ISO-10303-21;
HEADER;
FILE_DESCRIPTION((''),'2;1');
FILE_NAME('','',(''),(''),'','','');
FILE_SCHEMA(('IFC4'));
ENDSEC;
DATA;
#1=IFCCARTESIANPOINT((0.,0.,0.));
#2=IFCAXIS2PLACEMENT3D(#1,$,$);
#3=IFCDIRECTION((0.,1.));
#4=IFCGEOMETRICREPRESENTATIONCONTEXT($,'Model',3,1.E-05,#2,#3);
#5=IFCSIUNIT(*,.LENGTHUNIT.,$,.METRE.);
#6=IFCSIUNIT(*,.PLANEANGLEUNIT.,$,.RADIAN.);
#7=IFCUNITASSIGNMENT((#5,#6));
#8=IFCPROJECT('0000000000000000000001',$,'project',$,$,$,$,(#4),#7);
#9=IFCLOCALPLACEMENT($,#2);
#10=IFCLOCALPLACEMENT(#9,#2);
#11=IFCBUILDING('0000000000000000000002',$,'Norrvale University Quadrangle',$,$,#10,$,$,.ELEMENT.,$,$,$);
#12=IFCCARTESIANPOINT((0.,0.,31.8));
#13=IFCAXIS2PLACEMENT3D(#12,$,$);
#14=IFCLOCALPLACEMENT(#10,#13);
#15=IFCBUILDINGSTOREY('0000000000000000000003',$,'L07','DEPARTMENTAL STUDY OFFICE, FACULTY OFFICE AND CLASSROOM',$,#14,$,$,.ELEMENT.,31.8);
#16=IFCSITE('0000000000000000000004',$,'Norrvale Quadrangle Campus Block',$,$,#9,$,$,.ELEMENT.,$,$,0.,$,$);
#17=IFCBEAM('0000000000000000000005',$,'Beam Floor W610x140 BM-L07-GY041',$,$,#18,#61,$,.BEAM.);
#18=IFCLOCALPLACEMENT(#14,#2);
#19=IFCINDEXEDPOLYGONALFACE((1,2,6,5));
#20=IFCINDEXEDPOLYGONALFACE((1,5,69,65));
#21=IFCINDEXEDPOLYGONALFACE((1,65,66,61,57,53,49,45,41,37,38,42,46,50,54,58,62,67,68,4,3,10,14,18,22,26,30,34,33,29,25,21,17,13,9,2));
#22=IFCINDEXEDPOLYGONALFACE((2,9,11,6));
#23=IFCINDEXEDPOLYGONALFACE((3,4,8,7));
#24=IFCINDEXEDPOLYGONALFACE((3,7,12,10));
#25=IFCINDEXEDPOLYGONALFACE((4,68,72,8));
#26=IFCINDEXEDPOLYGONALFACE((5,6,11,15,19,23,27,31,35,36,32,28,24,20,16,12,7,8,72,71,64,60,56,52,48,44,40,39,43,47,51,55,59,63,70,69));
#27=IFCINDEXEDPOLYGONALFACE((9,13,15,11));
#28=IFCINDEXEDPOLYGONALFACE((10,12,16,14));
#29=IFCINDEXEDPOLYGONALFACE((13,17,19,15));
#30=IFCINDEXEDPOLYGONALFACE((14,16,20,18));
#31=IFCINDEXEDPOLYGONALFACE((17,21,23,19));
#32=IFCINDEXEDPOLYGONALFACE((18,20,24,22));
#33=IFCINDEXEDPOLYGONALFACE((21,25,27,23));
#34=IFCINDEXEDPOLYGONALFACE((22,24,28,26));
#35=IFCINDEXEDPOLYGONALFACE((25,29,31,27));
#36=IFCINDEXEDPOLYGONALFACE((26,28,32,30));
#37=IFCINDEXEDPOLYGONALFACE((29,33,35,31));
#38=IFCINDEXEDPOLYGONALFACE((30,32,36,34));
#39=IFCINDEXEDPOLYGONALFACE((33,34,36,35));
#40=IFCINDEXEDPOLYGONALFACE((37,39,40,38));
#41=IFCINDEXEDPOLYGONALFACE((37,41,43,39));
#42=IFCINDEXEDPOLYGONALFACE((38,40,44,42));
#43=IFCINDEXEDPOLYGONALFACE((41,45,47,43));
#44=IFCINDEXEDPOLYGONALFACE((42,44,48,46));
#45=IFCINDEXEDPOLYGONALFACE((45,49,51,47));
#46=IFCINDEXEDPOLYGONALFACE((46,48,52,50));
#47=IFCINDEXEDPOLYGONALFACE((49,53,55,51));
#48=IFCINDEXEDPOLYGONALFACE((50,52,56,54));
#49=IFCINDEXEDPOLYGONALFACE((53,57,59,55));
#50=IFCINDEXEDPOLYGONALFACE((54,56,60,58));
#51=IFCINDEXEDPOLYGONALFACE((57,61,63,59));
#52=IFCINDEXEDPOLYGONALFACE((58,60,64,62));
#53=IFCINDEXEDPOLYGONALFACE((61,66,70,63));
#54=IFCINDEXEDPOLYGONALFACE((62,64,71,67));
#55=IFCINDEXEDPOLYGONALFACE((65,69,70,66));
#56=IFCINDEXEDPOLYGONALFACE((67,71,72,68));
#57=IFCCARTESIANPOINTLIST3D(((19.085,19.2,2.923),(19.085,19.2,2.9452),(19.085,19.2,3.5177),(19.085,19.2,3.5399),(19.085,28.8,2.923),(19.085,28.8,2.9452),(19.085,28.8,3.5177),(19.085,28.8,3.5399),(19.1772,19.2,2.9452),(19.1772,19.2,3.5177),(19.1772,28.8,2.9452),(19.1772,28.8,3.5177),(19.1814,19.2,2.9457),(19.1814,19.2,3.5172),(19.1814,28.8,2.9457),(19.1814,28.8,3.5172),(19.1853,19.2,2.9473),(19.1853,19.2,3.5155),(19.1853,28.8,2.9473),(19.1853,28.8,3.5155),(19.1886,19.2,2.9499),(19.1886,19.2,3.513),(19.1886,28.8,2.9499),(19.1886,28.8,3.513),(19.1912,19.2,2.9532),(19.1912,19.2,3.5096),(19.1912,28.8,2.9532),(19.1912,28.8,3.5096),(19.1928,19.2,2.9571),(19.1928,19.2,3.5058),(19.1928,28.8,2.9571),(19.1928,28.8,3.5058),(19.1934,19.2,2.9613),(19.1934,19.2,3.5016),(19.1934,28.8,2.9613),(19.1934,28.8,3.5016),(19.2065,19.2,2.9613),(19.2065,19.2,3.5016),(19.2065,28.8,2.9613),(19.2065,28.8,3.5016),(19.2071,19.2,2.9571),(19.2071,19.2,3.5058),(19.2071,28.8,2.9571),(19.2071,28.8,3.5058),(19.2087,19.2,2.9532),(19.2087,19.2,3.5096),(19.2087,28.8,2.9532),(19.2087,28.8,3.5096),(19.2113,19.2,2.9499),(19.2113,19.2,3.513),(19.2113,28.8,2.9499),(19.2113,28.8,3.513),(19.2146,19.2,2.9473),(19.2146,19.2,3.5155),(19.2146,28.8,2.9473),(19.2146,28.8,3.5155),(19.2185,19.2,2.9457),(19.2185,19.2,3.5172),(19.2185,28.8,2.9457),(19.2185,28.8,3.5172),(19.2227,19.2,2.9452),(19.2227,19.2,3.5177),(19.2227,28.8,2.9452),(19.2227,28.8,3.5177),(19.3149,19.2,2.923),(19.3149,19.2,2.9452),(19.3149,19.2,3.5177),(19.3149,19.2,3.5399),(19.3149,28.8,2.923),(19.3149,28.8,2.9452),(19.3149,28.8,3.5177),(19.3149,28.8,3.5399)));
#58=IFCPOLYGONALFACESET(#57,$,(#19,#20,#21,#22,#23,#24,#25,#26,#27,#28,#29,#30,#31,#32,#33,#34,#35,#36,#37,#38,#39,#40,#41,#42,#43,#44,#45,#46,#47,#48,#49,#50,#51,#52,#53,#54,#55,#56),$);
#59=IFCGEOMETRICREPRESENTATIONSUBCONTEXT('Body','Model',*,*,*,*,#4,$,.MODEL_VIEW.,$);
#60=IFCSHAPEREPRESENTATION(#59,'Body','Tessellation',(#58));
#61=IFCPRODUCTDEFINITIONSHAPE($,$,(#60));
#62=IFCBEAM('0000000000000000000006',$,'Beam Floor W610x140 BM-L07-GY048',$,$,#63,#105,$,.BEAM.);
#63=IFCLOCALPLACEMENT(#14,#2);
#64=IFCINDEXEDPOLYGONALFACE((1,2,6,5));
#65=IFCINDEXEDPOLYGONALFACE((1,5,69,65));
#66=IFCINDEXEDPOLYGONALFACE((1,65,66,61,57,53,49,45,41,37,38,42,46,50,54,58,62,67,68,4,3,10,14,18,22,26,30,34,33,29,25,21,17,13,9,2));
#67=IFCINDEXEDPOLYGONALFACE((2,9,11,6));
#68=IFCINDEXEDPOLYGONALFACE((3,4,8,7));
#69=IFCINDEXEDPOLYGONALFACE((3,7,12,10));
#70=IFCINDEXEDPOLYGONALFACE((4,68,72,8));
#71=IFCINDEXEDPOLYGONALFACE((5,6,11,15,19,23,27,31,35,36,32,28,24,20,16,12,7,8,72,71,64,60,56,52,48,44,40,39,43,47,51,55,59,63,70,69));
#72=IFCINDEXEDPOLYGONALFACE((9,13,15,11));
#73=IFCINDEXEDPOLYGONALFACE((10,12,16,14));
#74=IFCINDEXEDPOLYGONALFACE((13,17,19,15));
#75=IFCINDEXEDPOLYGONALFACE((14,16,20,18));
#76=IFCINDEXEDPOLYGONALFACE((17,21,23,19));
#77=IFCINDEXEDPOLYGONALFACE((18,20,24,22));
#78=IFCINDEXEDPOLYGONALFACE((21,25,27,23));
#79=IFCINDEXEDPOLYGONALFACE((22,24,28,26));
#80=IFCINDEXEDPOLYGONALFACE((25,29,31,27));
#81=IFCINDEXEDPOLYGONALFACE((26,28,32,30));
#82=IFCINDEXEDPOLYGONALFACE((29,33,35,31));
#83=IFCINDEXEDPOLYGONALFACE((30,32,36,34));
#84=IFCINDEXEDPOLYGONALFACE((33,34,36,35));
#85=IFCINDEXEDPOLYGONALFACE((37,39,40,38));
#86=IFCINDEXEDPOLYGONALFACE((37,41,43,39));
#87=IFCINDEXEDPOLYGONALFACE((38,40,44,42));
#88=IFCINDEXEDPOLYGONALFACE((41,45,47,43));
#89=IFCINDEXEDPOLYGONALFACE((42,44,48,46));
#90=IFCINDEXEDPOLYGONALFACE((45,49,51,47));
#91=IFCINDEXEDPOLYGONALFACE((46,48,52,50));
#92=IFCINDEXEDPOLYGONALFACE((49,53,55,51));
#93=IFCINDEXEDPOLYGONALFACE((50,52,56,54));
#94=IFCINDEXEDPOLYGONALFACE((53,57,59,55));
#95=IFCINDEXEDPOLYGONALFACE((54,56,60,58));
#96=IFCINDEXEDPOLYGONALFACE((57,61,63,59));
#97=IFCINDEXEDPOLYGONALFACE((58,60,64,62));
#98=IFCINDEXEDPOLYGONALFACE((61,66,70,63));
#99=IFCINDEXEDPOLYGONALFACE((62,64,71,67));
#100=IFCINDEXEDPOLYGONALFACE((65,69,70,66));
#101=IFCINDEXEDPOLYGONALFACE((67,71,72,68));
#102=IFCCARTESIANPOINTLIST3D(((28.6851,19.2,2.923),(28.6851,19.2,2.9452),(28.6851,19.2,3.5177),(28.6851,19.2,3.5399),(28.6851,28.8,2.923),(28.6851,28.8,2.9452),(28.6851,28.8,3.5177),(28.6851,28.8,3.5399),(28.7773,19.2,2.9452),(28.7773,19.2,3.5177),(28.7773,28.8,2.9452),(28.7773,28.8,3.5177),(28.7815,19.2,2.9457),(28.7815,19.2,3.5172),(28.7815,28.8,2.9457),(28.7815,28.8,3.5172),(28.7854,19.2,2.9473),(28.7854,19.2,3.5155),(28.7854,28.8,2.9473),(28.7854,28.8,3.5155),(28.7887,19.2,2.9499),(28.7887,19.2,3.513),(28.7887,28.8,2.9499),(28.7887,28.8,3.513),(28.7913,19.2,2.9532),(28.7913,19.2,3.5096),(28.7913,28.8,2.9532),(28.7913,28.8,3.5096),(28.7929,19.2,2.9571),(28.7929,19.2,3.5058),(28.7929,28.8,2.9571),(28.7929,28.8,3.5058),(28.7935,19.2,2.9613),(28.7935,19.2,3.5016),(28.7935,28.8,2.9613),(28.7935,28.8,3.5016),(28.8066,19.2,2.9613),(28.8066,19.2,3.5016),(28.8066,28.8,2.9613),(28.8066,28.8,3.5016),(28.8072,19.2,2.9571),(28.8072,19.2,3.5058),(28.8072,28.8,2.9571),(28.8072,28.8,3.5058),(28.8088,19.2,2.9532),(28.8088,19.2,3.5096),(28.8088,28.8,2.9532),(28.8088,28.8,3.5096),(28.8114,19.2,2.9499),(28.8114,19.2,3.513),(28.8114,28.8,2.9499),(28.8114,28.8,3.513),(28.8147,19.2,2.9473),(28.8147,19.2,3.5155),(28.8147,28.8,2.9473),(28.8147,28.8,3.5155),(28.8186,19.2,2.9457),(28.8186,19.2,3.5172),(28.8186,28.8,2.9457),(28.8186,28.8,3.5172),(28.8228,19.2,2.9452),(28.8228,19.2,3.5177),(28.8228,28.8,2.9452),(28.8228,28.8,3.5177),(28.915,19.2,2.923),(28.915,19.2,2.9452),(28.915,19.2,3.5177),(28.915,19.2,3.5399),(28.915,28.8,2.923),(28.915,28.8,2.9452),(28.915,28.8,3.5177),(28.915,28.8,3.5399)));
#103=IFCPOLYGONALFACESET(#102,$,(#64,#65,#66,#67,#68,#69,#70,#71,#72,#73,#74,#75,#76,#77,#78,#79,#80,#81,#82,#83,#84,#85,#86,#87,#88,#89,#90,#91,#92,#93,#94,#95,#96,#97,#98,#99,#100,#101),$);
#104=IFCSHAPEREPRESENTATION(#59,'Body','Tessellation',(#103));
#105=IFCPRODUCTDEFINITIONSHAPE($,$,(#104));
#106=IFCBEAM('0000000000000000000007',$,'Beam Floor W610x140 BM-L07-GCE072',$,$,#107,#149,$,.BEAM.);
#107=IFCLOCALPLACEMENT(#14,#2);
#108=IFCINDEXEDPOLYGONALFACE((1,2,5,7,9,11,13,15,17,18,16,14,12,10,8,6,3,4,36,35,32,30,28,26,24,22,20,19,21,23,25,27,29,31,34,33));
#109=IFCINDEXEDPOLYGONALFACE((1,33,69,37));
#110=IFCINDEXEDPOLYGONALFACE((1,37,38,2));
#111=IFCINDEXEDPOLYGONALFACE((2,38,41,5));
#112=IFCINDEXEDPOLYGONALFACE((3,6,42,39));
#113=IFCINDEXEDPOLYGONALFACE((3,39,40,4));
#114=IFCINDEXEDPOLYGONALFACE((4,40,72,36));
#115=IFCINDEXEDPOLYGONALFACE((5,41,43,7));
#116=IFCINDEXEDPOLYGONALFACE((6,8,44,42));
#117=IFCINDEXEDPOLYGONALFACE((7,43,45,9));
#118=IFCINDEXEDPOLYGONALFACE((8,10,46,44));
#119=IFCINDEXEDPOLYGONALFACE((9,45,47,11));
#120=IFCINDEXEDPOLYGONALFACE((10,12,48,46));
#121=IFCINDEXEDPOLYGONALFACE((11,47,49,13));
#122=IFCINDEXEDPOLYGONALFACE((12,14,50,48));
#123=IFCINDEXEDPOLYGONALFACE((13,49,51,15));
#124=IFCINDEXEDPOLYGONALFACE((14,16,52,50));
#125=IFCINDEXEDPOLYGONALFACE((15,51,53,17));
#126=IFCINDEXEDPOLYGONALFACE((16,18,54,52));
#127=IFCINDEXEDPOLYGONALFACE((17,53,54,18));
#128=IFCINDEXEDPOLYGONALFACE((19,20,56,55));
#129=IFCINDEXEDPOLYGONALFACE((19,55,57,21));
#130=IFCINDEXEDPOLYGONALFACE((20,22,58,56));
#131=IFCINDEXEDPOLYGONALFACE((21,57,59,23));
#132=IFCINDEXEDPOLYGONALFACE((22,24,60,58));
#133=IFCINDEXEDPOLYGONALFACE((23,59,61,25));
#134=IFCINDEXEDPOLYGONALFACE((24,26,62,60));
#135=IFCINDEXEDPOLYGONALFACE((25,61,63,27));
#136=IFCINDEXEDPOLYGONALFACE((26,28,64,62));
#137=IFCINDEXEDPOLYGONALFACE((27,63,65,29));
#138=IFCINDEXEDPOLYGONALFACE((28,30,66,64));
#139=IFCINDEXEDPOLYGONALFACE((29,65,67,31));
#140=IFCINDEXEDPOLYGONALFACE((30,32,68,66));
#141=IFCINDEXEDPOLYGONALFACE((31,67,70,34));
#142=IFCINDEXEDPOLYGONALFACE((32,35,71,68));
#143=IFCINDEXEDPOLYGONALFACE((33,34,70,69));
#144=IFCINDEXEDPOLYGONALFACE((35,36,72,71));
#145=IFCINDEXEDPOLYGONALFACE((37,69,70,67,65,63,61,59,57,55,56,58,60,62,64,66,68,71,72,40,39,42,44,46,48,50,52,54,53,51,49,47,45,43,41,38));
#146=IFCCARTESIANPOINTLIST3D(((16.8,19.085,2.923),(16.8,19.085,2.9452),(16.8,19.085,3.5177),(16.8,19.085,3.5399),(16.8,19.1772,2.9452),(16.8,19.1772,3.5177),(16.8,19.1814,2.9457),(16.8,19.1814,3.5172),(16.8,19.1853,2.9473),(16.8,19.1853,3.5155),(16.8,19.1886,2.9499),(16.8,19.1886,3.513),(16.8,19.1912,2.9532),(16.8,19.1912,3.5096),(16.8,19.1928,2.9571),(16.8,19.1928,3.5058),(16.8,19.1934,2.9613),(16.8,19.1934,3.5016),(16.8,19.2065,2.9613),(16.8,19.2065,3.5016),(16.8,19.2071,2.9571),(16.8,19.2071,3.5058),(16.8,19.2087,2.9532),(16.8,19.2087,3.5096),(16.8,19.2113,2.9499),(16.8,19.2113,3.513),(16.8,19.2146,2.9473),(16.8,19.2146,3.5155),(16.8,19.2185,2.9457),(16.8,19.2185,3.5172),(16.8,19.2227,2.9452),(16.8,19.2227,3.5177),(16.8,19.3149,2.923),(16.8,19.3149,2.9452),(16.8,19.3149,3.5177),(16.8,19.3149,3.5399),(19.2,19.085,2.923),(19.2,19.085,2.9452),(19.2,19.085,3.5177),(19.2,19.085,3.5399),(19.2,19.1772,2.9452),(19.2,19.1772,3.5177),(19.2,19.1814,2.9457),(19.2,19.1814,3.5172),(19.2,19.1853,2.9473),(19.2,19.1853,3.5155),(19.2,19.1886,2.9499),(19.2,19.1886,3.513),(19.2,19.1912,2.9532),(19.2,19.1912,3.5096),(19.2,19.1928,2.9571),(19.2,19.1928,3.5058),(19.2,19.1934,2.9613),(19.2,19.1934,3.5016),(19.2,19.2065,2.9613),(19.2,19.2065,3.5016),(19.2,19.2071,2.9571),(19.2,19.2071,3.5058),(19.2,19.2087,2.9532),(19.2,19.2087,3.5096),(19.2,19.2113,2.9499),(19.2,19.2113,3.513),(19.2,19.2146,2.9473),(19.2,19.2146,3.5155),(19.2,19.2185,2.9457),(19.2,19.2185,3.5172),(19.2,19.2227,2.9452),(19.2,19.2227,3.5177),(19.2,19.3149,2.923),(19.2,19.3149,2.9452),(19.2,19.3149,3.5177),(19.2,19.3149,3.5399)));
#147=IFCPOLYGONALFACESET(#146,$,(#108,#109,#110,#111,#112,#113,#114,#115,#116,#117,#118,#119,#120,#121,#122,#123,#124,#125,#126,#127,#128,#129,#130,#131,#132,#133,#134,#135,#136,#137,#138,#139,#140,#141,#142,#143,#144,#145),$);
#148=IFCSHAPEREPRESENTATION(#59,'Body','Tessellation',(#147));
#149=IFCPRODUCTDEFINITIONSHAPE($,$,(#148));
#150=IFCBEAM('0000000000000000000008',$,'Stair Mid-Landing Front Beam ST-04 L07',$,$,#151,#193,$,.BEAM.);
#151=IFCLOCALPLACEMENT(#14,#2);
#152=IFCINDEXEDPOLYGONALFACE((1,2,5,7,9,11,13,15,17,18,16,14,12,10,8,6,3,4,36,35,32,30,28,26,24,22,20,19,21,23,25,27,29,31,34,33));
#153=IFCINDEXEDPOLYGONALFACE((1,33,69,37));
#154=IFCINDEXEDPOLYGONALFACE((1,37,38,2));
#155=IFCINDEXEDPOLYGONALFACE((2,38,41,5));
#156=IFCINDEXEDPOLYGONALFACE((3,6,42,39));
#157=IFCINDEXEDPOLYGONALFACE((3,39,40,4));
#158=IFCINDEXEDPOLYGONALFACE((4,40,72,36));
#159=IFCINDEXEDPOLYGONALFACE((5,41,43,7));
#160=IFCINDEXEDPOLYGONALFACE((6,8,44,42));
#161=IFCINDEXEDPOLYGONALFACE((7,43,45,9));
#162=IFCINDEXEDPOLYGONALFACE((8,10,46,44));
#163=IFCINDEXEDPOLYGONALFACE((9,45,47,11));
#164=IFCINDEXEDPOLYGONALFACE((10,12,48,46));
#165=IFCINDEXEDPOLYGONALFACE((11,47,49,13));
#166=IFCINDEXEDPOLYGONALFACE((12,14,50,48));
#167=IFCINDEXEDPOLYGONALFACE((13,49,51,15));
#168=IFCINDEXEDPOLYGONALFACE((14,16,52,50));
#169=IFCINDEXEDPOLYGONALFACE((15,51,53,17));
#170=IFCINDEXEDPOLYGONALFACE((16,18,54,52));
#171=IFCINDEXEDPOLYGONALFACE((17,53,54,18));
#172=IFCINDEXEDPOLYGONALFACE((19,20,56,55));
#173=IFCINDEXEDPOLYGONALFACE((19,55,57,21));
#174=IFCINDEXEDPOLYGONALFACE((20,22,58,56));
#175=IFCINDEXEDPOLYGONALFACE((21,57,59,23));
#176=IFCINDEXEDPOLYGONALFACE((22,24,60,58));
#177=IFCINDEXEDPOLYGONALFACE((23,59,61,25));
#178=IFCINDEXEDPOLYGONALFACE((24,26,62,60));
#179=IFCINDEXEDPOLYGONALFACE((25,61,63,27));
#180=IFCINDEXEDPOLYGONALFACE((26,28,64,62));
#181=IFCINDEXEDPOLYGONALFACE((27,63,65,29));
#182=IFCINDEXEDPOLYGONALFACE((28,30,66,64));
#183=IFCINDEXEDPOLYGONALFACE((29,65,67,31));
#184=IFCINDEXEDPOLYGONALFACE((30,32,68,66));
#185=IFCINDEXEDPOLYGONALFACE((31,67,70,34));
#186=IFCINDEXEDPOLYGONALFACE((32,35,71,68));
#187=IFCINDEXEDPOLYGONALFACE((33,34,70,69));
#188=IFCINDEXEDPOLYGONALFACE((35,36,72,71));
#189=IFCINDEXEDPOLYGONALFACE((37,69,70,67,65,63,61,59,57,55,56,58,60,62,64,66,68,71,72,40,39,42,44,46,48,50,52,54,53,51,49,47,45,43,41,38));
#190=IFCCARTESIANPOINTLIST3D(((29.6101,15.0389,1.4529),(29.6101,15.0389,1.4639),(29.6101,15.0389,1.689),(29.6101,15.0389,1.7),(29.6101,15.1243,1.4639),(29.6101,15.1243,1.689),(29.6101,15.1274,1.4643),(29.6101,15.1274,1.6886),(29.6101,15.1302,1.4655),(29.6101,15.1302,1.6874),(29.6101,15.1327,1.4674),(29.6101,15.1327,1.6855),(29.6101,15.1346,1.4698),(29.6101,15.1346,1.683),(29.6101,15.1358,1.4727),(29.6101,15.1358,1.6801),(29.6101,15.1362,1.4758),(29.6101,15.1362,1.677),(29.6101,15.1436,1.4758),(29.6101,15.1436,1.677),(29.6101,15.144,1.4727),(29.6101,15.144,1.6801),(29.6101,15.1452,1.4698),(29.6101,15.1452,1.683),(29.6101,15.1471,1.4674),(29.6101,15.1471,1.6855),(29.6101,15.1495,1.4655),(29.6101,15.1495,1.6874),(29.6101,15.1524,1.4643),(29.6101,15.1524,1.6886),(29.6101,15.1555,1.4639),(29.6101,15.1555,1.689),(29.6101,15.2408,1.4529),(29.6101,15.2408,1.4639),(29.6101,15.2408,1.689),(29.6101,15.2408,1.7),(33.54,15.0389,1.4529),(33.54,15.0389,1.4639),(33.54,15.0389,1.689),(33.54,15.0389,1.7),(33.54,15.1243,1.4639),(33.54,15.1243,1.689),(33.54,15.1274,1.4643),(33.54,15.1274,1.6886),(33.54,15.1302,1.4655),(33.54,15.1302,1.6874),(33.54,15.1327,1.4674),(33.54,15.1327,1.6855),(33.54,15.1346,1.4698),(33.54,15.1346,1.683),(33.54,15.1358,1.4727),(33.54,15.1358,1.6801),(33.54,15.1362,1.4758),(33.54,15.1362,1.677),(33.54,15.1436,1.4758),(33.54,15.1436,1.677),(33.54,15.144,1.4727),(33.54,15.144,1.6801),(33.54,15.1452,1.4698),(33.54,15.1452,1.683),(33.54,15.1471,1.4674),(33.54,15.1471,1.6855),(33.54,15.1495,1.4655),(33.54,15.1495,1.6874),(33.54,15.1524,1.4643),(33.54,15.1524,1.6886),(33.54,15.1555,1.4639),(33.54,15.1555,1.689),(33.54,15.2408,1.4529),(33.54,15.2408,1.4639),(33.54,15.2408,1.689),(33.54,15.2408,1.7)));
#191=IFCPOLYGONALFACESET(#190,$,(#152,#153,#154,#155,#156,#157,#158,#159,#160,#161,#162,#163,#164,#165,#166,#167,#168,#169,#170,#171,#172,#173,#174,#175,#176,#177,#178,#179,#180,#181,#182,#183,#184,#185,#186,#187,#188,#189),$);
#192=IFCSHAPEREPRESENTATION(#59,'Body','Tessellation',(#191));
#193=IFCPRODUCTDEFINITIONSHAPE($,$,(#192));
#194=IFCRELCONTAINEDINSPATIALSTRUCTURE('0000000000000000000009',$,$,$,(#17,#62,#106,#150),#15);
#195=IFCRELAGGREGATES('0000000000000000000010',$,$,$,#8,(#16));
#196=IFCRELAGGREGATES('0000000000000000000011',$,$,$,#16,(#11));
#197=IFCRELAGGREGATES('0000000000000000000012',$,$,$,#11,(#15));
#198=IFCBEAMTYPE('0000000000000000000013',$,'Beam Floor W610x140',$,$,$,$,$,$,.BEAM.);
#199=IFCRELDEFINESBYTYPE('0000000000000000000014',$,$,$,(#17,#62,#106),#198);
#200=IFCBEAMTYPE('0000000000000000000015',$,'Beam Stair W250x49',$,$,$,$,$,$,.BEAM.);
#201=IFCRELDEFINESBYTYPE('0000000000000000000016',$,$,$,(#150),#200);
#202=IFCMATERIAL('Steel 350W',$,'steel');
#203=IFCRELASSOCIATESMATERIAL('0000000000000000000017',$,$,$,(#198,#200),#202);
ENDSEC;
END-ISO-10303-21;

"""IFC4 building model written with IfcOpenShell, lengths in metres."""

from ifc_helpers import new_model, si_unit, direction, frame, origin, origin_2d, place, context, subcontext, project, spatial, i_section, extrude, material, material_profile, profile_set, type_object, element, save


model = new_model("IFC4")

# Units and contexts
model_context = context("Model", 3, precision=1e-05, world=origin(), true_north=direction((0.0, 1.0)))
body_context = subcontext(model_context, "Body", "Model", "MODEL_VIEW")
ifc_project = project(units=[si_unit("LENGTHUNIT", "METRE"), si_unit("PLANEANGLEUNIT", "RADIAN")], contexts=[model_context])

# Site, building, storey
site_placement = place(None, origin())
site = spatial("IfcSite", under=ifc_project, at=site_placement, Name="Norrvale Quadrangle Campus Block", CompositionType="ELEMENT", RefElevation=0.0)
building_placement = place(site_placement, origin())
building = spatial("IfcBuilding", under=site, at=building_placement, Name="Norrvale University Quadrangle", CompositionType="ELEMENT")
storey_placement = place(building_placement, frame((0.0, 0.0, 31.8)))
storey = spatial("IfcBuildingStorey", under=building, at=storey_placement, Name="L07", Description="DEPARTMENTAL STUDY OFFICE, FACULTY OFFICE AND CLASSROOM", CompositionType="ELEMENT", Elevation=31.8)

# Beams
ifc_material_1 = material(Name="Steel 350W", Category="steel")
ifc_material_profile_1 = material_profile(ifc_material_1, i_section(OverallWidth=0.23, OverallDepth=0.6169, WebThickness=0.0132, FlangeThickness=0.0222, FilletRadius=0.0161, at=origin_2d()), Name="Steel 350W")
ifc_profile_set_1 = profile_set([ifc_material_profile_1], Name="Steel 350W")
beam_type_1 = type_object("IfcBeamType", Name="Beam Floor W610x140", PredefinedType="BEAM", material=ifc_profile_set_1)
for number, where, z_axis, x_axis, name in (
    (1, (19.2, 19.2, 3.2314), (0.0, 1.0, 0.0), (-1.0, 0.0, 0.0), "Beam Floor W610x140 BM-L07-GY041"),
    (2, (28.8, 19.2, 3.2314), (0.0, 1.0, 0.0), (-1.0, 0.0, 0.0), "Beam Floor W610x140 BM-L07-GY048"),
):
    element("IfcBeam", number, at=place(storey_placement, frame(where, z_axis=z_axis, x_axis=x_axis)), inside=storey, type_object=beam_type_1, Name=name, PredefinedType="BEAM", context=body_context, shape_type="SweptSolid", body=[
        extrude(i_section(OverallWidth=0.23, OverallDepth=0.6169, WebThickness=0.0132, FlangeThickness=0.0222, FilletRadius=0.0161, at=origin_2d()), origin(), (0.0, 0.0, 1.0), 9.6001),
    ])
beam_1_placement = place(storey_placement, frame((16.8, 19.2, 3.2314), z_axis=(1.0, 0.0, 0.0), x_axis=(0.0, 1.0, 0.0)))
element("IfcBeam", 3, at=beam_1_placement, inside=storey, type_object=beam_type_1, Name="Beam Floor W610x140 BM-L07-GCE072", PredefinedType="BEAM", context=body_context, shape_type="SweptSolid", body=[
    extrude(i_section(OverallWidth=0.23, OverallDepth=0.6169, WebThickness=0.0132, FlangeThickness=0.0222, FilletRadius=0.0161, at=origin_2d()), origin(), (0.0, 0.0, 1.0), 2.3999),
])
ifc_material_profile_2 = material_profile(ifc_material_1, i_section(OverallWidth=0.2019, OverallDepth=0.2471, WebThickness=0.0073, FlangeThickness=0.011, FilletRadius=0.012, at=origin_2d()), Name="Steel 350W")
ifc_profile_set_2 = profile_set([ifc_material_profile_2], Name="Steel 350W")
beam_type_2 = type_object("IfcBeamType", Name="Beam Stair W250x49", PredefinedType="BEAM", material=ifc_profile_set_2)
for number, where, z_axis, x_axis, name in (
    (4, (29.6101, 15.1399, 1.5764), (1.0, 0.0, 0.0), (0.0, 1.0, 0.0), "Stair Mid-Landing Front Beam ST-04 L07"),
):
    element("IfcBeam", number, at=place(storey_placement, frame(where, z_axis=z_axis, x_axis=x_axis)), inside=storey, type_object=beam_type_2, Name=name, PredefinedType="BEAM", context=body_context, shape_type="SweptSolid", body=[
        extrude(i_section(OverallWidth=0.2019, OverallDepth=0.2471, WebThickness=0.0073, FlangeThickness=0.011, FilletRadius=0.012, at=origin_2d()), origin(), (0.0, 0.0, 1.0), 3.9299),
    ])

save(model, "model.ifc")
